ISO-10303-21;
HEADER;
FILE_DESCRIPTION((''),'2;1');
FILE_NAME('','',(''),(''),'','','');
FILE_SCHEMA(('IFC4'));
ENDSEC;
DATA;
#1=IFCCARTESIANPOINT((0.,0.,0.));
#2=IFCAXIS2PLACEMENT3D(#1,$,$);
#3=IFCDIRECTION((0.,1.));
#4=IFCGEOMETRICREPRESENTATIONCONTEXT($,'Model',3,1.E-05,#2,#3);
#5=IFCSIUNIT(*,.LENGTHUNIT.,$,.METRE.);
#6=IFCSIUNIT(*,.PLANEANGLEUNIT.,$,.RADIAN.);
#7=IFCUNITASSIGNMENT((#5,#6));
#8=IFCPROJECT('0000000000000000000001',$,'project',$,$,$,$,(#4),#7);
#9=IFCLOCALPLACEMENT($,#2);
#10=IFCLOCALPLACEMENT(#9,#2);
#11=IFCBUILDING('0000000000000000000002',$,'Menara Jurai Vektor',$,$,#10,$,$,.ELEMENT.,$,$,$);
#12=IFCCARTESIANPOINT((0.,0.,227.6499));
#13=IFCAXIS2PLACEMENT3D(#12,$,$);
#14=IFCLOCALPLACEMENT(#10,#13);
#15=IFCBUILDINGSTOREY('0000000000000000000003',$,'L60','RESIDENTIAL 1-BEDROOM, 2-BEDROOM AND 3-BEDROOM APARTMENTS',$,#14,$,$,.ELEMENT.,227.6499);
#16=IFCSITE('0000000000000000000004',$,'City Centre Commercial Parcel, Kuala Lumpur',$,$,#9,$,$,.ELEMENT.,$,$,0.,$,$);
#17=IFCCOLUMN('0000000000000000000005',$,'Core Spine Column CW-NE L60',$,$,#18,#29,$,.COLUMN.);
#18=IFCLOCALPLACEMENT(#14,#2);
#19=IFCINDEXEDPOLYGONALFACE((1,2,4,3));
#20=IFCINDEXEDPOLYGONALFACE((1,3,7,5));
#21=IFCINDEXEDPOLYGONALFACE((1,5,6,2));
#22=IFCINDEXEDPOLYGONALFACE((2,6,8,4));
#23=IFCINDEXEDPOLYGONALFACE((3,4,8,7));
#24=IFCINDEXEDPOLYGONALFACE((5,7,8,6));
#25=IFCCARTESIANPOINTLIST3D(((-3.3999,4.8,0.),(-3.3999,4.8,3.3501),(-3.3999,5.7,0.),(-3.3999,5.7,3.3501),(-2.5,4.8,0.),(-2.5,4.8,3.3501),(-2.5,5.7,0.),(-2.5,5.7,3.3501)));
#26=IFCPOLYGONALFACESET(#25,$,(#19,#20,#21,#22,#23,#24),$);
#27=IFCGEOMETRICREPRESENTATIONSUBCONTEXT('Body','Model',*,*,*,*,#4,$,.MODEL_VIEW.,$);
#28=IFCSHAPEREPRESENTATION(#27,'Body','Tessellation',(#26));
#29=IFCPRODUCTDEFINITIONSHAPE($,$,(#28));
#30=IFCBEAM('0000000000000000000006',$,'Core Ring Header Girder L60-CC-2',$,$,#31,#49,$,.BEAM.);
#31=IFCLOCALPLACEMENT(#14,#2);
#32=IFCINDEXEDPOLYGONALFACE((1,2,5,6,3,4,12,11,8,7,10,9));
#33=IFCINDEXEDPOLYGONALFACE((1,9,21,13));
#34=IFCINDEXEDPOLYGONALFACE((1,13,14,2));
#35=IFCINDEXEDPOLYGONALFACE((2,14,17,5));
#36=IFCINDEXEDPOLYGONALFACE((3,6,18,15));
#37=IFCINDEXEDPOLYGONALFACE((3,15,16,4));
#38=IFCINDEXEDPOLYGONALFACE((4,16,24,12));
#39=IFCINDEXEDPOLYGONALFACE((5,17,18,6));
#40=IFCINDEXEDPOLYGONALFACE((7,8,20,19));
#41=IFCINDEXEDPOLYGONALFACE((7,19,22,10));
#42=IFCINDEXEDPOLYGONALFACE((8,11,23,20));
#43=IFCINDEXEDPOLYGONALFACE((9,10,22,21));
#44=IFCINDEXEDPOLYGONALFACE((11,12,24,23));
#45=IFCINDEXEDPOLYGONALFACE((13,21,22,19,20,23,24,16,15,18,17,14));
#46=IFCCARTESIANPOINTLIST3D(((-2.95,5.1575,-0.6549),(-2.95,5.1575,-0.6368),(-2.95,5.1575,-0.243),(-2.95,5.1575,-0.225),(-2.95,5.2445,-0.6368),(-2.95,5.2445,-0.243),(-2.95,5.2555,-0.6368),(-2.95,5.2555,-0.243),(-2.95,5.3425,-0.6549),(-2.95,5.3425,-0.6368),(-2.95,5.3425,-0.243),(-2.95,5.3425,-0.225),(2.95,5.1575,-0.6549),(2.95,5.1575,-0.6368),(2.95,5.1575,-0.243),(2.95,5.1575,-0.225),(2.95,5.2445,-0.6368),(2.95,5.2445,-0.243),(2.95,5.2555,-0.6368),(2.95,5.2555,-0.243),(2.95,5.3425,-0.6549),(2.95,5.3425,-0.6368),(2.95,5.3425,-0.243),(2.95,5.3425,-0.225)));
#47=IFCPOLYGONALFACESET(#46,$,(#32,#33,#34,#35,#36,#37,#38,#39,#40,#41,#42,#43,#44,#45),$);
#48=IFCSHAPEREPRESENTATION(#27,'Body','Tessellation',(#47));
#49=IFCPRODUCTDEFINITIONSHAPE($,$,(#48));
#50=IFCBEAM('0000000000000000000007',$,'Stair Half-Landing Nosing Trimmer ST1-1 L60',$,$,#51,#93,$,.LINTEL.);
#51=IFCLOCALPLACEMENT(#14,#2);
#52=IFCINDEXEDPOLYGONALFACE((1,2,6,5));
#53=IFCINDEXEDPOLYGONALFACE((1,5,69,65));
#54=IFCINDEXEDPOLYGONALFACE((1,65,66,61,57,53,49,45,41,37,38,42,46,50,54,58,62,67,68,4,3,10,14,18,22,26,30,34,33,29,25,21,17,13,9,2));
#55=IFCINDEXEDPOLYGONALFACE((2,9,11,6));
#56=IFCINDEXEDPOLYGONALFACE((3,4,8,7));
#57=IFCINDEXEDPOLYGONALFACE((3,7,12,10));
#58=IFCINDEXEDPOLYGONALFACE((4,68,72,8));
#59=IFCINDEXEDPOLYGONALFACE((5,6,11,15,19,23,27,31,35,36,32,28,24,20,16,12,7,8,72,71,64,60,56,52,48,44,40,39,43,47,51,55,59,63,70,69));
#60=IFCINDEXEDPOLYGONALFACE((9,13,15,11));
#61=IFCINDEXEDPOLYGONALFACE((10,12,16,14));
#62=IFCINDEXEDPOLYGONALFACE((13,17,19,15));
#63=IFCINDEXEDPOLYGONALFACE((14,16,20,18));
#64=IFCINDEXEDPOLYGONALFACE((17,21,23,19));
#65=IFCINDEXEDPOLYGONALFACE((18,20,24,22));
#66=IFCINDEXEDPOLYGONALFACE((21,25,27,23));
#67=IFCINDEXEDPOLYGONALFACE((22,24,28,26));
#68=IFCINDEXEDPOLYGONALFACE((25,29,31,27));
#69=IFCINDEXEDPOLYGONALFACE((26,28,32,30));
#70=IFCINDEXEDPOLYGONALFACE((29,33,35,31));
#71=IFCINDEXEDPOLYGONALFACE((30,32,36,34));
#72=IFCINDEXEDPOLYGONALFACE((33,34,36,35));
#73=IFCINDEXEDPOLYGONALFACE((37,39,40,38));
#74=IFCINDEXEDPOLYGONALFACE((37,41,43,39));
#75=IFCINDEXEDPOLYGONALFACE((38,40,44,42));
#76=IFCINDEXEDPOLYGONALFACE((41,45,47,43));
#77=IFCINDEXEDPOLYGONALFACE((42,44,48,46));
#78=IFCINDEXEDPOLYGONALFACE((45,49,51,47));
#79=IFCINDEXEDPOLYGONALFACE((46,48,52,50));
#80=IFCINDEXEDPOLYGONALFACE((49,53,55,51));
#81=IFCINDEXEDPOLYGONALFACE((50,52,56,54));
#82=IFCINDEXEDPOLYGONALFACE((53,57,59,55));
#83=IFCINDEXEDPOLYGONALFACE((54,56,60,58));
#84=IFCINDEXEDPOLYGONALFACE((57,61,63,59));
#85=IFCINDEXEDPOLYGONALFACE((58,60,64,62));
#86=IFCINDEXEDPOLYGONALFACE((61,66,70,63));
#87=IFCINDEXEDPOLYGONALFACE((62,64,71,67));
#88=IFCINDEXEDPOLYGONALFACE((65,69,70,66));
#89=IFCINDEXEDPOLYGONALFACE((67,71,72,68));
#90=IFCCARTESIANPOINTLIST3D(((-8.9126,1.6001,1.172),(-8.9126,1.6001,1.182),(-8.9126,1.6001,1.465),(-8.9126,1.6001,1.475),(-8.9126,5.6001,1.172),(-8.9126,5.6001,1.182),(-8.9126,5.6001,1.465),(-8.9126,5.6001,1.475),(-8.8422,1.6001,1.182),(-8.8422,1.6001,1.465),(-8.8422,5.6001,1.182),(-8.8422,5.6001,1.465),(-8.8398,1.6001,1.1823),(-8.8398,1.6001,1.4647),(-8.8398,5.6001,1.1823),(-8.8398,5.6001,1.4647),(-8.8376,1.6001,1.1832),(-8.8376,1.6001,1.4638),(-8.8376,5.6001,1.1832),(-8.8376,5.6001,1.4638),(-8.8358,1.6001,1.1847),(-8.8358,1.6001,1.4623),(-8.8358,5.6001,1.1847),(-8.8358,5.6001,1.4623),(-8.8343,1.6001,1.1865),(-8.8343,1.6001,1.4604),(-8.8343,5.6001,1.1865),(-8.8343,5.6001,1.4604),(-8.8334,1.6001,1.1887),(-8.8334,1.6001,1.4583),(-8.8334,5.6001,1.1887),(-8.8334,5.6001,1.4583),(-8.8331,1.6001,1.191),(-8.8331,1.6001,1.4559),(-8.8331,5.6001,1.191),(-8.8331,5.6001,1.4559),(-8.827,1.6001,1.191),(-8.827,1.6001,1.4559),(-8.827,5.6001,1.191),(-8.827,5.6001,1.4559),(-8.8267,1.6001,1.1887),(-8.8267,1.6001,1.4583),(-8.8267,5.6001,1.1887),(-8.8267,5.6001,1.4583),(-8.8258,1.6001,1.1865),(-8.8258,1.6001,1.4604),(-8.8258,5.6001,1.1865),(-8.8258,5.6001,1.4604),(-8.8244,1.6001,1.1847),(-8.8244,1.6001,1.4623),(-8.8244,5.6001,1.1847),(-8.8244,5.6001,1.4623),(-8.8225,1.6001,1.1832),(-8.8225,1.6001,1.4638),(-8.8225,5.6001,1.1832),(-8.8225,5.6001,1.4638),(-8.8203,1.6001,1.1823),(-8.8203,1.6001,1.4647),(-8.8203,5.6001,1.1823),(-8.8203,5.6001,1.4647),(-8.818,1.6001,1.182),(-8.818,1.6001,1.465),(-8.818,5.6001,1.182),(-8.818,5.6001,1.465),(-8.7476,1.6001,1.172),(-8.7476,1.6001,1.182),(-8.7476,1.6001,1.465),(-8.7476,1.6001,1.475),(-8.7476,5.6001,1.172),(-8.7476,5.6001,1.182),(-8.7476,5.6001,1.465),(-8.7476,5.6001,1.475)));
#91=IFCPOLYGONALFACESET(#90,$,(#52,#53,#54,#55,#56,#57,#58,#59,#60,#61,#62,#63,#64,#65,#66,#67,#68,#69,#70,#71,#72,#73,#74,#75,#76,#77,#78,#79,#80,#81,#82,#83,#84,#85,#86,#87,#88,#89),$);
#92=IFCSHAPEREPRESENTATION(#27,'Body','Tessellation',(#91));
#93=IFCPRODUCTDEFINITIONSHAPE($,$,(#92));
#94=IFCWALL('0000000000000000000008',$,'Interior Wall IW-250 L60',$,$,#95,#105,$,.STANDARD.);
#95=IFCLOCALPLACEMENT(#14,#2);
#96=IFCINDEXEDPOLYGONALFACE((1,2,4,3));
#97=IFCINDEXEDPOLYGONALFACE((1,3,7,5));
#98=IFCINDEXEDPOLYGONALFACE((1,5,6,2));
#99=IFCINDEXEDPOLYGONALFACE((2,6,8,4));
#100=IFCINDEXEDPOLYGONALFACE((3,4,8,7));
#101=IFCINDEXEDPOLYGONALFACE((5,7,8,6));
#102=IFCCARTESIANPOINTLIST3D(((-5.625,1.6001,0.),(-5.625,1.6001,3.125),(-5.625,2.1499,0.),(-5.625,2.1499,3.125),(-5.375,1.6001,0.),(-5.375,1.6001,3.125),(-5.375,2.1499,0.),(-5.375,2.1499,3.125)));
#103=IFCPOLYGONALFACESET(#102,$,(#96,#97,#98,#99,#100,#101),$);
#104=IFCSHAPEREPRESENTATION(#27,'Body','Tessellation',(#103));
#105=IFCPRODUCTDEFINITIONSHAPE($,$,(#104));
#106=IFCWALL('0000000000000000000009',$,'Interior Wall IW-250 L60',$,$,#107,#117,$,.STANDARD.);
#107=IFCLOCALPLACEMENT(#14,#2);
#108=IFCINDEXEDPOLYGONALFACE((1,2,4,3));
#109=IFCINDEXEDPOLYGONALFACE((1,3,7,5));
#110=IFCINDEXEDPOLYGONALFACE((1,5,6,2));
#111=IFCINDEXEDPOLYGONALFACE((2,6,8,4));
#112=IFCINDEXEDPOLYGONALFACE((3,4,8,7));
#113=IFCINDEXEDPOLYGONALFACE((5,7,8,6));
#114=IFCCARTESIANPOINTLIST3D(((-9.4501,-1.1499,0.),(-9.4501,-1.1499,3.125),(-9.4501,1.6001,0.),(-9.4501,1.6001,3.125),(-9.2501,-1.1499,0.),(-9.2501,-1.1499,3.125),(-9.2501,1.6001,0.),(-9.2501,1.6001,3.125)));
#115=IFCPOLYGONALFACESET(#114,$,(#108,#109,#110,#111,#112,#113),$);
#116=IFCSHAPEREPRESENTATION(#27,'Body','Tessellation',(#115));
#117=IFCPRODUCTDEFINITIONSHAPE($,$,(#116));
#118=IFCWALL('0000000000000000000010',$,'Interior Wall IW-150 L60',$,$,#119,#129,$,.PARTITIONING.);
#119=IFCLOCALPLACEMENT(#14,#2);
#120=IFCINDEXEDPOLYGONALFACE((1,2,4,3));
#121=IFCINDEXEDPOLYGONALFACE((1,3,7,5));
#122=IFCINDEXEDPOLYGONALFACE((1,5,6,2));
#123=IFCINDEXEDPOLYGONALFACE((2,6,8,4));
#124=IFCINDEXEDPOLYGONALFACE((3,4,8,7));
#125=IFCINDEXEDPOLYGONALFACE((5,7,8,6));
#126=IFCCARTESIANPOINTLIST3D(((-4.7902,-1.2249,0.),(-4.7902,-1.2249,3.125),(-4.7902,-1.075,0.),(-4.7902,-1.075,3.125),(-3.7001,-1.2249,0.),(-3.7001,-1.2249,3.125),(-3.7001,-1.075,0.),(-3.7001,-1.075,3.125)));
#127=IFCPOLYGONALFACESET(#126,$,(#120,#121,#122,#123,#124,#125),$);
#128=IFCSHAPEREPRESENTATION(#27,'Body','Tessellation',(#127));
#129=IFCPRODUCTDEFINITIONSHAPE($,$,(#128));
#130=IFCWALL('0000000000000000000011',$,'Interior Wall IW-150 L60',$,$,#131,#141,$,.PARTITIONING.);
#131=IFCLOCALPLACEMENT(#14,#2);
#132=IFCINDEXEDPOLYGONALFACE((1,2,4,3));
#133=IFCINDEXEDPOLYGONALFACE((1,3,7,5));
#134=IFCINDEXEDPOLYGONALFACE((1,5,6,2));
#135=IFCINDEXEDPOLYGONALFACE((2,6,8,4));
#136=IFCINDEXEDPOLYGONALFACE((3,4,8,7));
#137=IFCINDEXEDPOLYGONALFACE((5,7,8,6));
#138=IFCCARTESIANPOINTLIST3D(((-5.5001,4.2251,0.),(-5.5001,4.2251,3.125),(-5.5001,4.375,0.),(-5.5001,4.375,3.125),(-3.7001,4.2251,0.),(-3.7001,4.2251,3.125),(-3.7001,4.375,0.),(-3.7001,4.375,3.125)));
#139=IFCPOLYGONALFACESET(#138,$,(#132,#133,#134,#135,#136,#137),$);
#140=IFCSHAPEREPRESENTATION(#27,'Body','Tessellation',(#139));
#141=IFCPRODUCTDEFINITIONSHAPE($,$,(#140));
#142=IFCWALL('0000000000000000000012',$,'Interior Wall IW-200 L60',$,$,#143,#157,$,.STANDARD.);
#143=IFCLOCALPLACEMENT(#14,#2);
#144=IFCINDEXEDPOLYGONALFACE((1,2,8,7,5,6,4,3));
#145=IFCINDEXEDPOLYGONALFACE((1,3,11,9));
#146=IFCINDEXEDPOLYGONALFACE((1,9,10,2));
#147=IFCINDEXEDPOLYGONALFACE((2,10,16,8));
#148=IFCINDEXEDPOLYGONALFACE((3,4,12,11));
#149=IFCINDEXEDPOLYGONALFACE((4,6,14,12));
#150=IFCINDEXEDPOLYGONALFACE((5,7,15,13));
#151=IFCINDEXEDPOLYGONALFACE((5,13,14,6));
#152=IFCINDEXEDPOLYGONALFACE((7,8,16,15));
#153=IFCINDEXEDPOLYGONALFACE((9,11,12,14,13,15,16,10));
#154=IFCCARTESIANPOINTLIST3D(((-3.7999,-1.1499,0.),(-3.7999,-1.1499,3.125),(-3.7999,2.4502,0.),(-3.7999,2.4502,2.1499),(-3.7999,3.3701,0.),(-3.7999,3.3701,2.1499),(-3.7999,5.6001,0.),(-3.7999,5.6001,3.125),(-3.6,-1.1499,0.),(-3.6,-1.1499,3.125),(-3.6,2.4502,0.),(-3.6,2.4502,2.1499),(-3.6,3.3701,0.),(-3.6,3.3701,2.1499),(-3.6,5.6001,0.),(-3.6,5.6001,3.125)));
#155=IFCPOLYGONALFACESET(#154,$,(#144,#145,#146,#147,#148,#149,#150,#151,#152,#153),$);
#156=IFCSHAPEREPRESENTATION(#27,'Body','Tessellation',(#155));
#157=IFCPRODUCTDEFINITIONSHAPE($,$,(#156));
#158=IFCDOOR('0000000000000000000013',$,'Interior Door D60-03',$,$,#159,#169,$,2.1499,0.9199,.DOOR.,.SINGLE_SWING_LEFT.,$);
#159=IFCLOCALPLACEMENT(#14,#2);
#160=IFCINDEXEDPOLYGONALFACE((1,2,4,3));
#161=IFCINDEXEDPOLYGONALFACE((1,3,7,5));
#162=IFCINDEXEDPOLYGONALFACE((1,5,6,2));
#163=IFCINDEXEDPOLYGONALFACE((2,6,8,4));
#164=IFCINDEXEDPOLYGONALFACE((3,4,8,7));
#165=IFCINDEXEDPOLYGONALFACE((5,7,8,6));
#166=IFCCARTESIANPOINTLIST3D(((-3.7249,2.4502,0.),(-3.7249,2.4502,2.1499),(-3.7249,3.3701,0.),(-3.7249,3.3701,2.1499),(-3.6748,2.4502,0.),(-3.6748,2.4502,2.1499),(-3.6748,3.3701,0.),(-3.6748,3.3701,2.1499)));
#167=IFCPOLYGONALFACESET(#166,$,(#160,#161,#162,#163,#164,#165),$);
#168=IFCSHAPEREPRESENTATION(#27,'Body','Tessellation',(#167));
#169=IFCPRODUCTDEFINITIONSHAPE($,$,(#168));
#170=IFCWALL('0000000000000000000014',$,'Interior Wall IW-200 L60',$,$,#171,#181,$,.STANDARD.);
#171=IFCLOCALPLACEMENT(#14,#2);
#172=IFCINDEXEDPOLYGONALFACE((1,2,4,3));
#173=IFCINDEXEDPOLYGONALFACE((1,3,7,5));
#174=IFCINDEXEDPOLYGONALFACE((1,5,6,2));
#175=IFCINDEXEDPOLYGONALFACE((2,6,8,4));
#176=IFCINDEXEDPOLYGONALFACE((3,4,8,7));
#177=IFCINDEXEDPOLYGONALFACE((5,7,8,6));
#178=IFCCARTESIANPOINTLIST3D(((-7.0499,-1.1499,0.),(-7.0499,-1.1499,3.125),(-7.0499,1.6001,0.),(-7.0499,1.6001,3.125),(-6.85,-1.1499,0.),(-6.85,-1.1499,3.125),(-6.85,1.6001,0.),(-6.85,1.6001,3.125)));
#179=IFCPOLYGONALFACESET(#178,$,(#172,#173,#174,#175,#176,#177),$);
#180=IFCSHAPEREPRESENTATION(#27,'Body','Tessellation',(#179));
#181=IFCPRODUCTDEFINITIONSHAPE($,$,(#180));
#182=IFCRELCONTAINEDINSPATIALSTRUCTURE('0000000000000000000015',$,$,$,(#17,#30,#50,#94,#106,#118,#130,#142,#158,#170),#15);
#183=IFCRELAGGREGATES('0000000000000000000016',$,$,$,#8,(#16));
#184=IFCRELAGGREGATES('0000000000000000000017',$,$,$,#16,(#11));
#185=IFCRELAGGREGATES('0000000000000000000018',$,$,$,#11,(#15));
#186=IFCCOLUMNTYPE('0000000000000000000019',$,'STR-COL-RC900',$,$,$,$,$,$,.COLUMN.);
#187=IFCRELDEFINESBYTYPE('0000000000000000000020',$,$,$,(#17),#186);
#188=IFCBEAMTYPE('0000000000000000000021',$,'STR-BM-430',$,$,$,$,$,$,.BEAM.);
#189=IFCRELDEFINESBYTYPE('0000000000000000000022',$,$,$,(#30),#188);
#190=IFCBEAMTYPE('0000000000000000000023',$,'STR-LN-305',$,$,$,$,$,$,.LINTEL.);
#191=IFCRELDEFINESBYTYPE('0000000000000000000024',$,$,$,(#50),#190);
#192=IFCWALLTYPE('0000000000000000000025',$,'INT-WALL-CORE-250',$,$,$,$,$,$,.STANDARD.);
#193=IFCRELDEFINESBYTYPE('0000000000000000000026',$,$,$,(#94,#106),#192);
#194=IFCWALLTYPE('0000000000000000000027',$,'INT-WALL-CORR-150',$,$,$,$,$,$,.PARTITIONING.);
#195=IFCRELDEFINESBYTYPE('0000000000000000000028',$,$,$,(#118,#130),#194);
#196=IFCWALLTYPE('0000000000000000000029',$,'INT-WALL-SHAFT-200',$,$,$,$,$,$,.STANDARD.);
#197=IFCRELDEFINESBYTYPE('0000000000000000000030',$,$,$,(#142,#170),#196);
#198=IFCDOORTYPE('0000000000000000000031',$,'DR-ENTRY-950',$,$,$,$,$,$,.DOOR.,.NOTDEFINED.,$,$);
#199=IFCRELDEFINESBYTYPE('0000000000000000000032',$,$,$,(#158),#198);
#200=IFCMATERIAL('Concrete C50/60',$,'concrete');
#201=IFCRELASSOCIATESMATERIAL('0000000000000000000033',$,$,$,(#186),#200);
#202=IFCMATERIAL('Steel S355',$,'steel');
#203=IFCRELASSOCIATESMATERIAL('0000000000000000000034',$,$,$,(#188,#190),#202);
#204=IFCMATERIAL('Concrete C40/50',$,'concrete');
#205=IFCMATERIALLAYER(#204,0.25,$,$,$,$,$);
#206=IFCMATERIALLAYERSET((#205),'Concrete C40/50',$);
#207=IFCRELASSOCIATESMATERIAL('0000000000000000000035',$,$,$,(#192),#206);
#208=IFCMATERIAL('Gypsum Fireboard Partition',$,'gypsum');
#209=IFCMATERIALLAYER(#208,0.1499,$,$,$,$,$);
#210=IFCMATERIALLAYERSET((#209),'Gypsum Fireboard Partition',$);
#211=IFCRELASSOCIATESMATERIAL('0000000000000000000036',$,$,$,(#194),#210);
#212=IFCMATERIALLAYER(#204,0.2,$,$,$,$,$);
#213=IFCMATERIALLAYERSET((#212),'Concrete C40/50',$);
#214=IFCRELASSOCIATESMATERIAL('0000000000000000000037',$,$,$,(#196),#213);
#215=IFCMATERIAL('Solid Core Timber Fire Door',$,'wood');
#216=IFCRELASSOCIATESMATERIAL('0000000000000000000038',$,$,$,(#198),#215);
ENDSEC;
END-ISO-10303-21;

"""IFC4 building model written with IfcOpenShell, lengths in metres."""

from ifc_helpers import new_model, si_unit, direction, frame, frame_2d, origin, origin_2d, place, context, subcontext, project, spatial, rectangle, i_section, extrude, material, layer, layer_set, material_profile, profile_set, type_object, element, fill, save


model = new_model("IFC4")

# Units and contexts
model_context = context("Model", 3, precision=1e-05, world=origin(), true_north=direction((0.0, 1.0)))
body_context = subcontext(model_context, "Body", "Model", "MODEL_VIEW")
ifc_project = project(units=[si_unit("LENGTHUNIT", "METRE"), si_unit("PLANEANGLEUNIT", "RADIAN")], contexts=[model_context])

# Site, building, storey
site_placement = place(None, origin())
site = spatial("IfcSite", under=ifc_project, at=site_placement, Name="City Centre Commercial Parcel, Kuala Lumpur", CompositionType="ELEMENT", RefElevation=0.0)
building_placement = place(site_placement, origin())
building = spatial("IfcBuilding", under=site, at=building_placement, Name="Menara Jurai Vektor", CompositionType="ELEMENT")
storey_placement = place(building_placement, frame((0.0, 0.0, 227.6499)))
storey = spatial("IfcBuildingStorey", under=building, at=storey_placement, Name="L60", Description="RESIDENTIAL 1-BEDROOM, 2-BEDROOM AND 3-BEDROOM APARTMENTS", CompositionType="ELEMENT", Elevation=227.6499)

# Column
ifc_material_1 = material(Name="Concrete C50/60", Category="concrete")
ifc_material_profile_1 = material_profile(ifc_material_1, rectangle(XDim=0.8999, YDim=0.8999, at=origin_2d()), Name="RC 900x900")
ifc_profile_set_1 = profile_set([ifc_material_profile_1], Name="Concrete C50/60")
column_type = type_object("IfcColumnType", Name="STR-COL-RC900", PredefinedType="COLUMN", material=ifc_profile_set_1)
column_placement = place(storey_placement, frame((-2.95, 5.25, 0.0), z_axis=(0.0, 0.0, 1.0), x_axis=(1.0, 0.0, 0.0)))
element("IfcColumn", 1, at=column_placement, inside=storey, type_object=column_type, Name="Core Spine Column CW-NE L60", PredefinedType="COLUMN", context=body_context, shape_type="SweptSolid", body=[
    extrude(rectangle(XDim=0.8999, YDim=0.8999, at=origin_2d()), origin(), (0.0, 0.0, 1.0), 3.3501),
])

# Beams
ifc_material_2 = material(Name="Steel S355", Category="steel")
ifc_material_profile_2 = material_profile(ifc_material_2, i_section(OverallWidth=0.1851, OverallDepth=0.4299, WebThickness=0.011, FlangeThickness=0.0181, at=origin_2d()), Name="PG 430x185x76")
ifc_profile_set_2 = profile_set([ifc_material_profile_2], Name="Steel S355")
beam_type_1 = type_object("IfcBeamType", Name="STR-BM-430", PredefinedType="BEAM", material=ifc_profile_set_2)
beam_1_placement = place(storey_placement, frame((-2.95, 5.25, -0.4399), z_axis=(1.0, 0.0, 0.0), x_axis=(0.0, 1.0, 0.0)))
element("IfcBeam", 2, at=beam_1_placement, inside=storey, type_object=beam_type_1, Name="Core Ring Header Girder L60-CC-2", PredefinedType="BEAM", context=body_context, shape_type="SweptSolid", body=[
    extrude(i_section(OverallWidth=0.1851, OverallDepth=0.4299, WebThickness=0.011, FlangeThickness=0.0181, at=origin_2d()), origin(), (0.0, 0.0, 1.0), 5.8999),
])
ifc_material_profile_3 = material_profile(ifc_material_2, i_section(OverallWidth=0.165, OverallDepth=0.303, WebThickness=0.0061, FlangeThickness=0.01, FilletRadius=0.009, at=origin_2d()), Name="UKB 305x165x40")
ifc_profile_set_3 = profile_set([ifc_material_profile_3], Name="Steel S355")
beam_type_2 = type_object("IfcBeamType", Name="STR-LN-305", PredefinedType="LINTEL", material=ifc_profile_set_3)
beam_2_placement = place(storey_placement, frame((-8.8301, 1.6001, 1.3235), z_axis=(0.0, 1.0, 0.0), x_axis=(-1.0, 0.0, 0.0)))
element("IfcBeam", 3, at=beam_2_placement, inside=storey, type_object=beam_type_2, Name="Stair Half-Landing Nosing Trimmer ST1-1 L60", PredefinedType="LINTEL", context=body_context, shape_type="SweptSolid", body=[
    extrude(i_section(OverallWidth=0.165, OverallDepth=0.303, WebThickness=0.0061, FlangeThickness=0.01, FilletRadius=0.009, at=origin_2d()), origin(), (0.0, 0.0, 1.0), 4.0),
])

# Walls
ifc_material_3 = material(Name="Concrete C40/50", Category="concrete")
ifc_layer_1 = layer(ifc_material_3, 0.25)
ifc_layer_set_1 = layer_set([ifc_layer_1], Name="Concrete C40/50")
wall_type_1 = type_object("IfcWallType", Name="INT-WALL-CORE-250", PredefinedType="STANDARD", material=ifc_layer_set_1)
wall_1_placement = place(storey_placement, frame((-5.5, 1.6001, 0.0), z_axis=(0.0, 0.0, 1.0), x_axis=(0.0, 1.0, 0.0)))
element("IfcWall", 4, at=wall_1_placement, inside=storey, type_object=wall_type_1, Name="Interior Wall IW-250 L60", PredefinedType="STANDARD", context=body_context, shape_type="SweptSolid", body=[
    extrude(rectangle(XDim=0.5498, YDim=0.25, at=frame_2d((0.2749, 0.0))), origin(), (0.0, 0.0, 1.0), 3.125),
])
wall_2_placement = place(storey_placement, frame((-9.3501, -1.1499, 0.0), z_axis=(0.0, 0.0, 1.0), x_axis=(0.0, 1.0, 0.0)))
element("IfcWall", 5, at=wall_2_placement, inside=storey, type_object=wall_type_1, Name="Interior Wall IW-250 L60", PredefinedType="STANDARD", context=body_context, shape_type="SweptSolid", body=[
    extrude(rectangle(XDim=2.75, YDim=0.2, at=frame_2d((1.375, 0.0))), origin(), (0.0, 0.0, 1.0), 3.125),
])
ifc_material_4 = material(Name="Gypsum Fireboard Partition", Category="gypsum")
ifc_layer_2 = layer(ifc_material_4, 0.1499)
ifc_layer_set_2 = layer_set([ifc_layer_2], Name="Gypsum Fireboard Partition")
wall_type_2 = type_object("IfcWallType", Name="INT-WALL-CORR-150", PredefinedType="PARTITIONING", material=ifc_layer_set_2)
wall_3_placement = place(storey_placement, frame((-4.79, -1.1499, 0.0), z_axis=(0.0, 0.0, 1.0), x_axis=(1.0, 0.0, 0.0)))
element("IfcWall", 6, at=wall_3_placement, inside=storey, type_object=wall_type_2, Name="Interior Wall IW-150 L60", PredefinedType="PARTITIONING", context=body_context, shape_type="SweptSolid", body=[
    extrude(rectangle(XDim=1.0901, YDim=0.1499, at=frame_2d((0.5449, 0.0))), origin(), (0.0, 0.0, 1.0), 3.125),
])
wall_4_placement = place(storey_placement, frame((-5.5, 4.3, 0.0), z_axis=(0.0, 0.0, 1.0), x_axis=(1.0, 0.0, 0.0)))
element("IfcWall", 7, at=wall_4_placement, inside=storey, type_object=wall_type_2, Name="Interior Wall IW-150 L60", PredefinedType="PARTITIONING", context=body_context, shape_type="SweptSolid", body=[
    extrude(rectangle(XDim=1.8, YDim=0.1499, at=frame_2d((0.8999, 0.0))), origin(), (0.0, 0.0, 1.0), 3.125),
])

# Wall, opening, door
ifc_layer_3 = layer(ifc_material_3, 0.2)
ifc_layer_set_3 = layer_set([ifc_layer_3], Name="Concrete C40/50")
wall_type_3 = type_object("IfcWallType", Name="INT-WALL-SHAFT-200", PredefinedType="STANDARD", material=ifc_layer_set_3)
wall_5_placement = place(storey_placement, frame((-3.7, -1.1499, 0.0), z_axis=(0.0, 0.0, 1.0), x_axis=(0.0, 1.0, 0.0)))
wall_5 = element("IfcWall", 8, at=wall_5_placement, inside=storey, type_object=wall_type_3, Name="Interior Wall IW-200 L60", PredefinedType="STANDARD", context=body_context, shape_type="SweptSolid", body=[
    extrude(rectangle(XDim=6.75, YDim=0.2, at=frame_2d((3.375, 0.0))), origin(), (0.0, 0.0, 1.0), 3.125),
])
opening_1_placement = place(wall_5_placement, frame((3.6001, 0.0, 0.0)))
opening_1 = element("IfcOpeningElement", 9, at=opening_1_placement, cuts=wall_5, PredefinedType="OPENING", context=body_context, shape_type="SweptSolid", body=[
    extrude(rectangle(XDim=0.9199, YDim=2.1499, at=frame_2d((0.46, 1.075))), frame((0.0, 0.1099, 0.0), z_axis=(0.0, -1.0, 0.0), x_axis=(1.0, 0.0, 0.0)), (0.0, 0.0, 1.0), 0.22),
])
ifc_material_5 = material(Name="Solid Core Timber Fire Door", Category="wood")
door_type_1 = type_object("IfcDoorType", Name="DR-ENTRY-950", OperationType="NOTDEFINED", PredefinedType="DOOR", material=ifc_material_5)
door_1_placement = place(opening_1_placement, origin())
door_1 = element("IfcDoor", 10, at=door_1_placement, inside=storey, type_object=door_type_1, Name="Interior Door D60-03", OperationType="SINGLE_SWING_LEFT", OverallHeight=2.1499, OverallWidth=0.9199, PredefinedType="DOOR", context=body_context, shape_type="SweptSolid", body=[
    extrude(rectangle(XDim=0.9199, YDim=2.1499, at=frame_2d((0.46, 1.075))), frame((0.0, 0.0249, 0.0), z_axis=(0.0, -1.0, 0.0), x_axis=(1.0, 0.0, 0.0)), (0.0, 0.0, 1.0), 0.05),
])
fill(opening_1, door_1)

# Wall
wall_6_placement = place(storey_placement, frame((-6.95, -1.1499, 0.0), z_axis=(0.0, 0.0, 1.0), x_axis=(0.0, 1.0, 0.0)))
element("IfcWall", 11, at=wall_6_placement, inside=storey, type_object=wall_type_3, Name="Interior Wall IW-200 L60", PredefinedType="STANDARD", context=body_context, shape_type="SweptSolid", body=[
    extrude(rectangle(XDim=2.75, YDim=0.2, at=frame_2d((1.375, 0.0))), origin(), (0.0, 0.0, 1.0), 3.125),
])

save(model, "model.ifc")
